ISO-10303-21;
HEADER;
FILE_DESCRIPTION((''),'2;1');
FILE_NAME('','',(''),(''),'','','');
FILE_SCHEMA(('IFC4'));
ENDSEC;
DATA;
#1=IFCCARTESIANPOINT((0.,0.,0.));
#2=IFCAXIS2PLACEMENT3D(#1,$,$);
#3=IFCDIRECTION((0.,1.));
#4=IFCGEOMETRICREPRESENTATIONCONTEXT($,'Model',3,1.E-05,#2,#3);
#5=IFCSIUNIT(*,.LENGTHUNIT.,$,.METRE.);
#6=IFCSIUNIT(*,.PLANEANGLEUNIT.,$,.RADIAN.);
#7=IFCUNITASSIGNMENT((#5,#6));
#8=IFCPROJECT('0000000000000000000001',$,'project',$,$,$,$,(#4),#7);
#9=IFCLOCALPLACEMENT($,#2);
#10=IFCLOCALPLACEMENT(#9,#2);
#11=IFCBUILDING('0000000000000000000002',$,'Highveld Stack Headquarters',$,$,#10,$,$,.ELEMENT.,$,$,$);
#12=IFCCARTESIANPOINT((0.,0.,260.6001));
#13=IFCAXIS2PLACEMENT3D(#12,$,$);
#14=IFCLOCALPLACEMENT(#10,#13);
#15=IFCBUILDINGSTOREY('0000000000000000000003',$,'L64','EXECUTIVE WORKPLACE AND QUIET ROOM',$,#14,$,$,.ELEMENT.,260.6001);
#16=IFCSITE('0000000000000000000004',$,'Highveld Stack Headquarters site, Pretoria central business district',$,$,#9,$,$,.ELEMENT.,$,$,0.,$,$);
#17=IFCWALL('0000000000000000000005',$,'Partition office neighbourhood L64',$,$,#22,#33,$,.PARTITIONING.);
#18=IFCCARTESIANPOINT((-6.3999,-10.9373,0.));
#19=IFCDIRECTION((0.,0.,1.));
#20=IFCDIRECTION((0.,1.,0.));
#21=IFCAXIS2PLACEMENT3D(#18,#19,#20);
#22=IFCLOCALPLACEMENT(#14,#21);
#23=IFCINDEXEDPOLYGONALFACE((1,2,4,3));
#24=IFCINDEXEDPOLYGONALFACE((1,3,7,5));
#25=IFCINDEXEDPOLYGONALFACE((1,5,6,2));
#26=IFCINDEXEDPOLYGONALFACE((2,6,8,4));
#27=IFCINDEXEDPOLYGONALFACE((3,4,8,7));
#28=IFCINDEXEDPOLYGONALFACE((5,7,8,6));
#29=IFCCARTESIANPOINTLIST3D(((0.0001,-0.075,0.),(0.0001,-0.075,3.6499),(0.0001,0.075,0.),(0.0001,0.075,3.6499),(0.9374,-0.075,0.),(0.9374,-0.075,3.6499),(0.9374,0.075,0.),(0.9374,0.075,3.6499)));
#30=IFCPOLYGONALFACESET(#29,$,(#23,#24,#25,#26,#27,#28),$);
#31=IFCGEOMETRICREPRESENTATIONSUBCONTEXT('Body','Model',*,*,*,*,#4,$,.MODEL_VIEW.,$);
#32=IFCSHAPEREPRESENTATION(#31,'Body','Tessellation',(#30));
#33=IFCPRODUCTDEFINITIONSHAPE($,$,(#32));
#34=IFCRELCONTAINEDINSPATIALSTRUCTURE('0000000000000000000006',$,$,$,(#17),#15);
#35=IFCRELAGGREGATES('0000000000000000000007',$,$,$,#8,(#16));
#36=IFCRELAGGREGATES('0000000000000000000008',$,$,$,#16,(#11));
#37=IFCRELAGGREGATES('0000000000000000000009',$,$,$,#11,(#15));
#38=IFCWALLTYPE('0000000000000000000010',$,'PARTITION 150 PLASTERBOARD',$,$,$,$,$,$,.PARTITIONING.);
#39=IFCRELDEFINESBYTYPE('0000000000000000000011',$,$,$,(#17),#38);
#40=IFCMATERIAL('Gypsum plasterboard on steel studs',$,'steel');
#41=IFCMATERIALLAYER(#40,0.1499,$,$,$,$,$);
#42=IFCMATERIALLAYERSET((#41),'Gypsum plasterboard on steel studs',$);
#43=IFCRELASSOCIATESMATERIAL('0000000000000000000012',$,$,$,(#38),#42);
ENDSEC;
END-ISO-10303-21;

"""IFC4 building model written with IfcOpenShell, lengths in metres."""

from ifc_helpers import new_model, si_unit, direction, frame, frame_2d, origin, place, context, subcontext, project, spatial, rectangle, extrude, material, layer, layer_set, type_object, element, save


model = new_model("IFC4")

# Units and contexts
model_context = context("Model", 3, precision=1e-05, world=origin(), true_north=direction((0.0, 1.0)))
body_context = subcontext(model_context, "Body", "Model", "MODEL_VIEW")
ifc_project = project(units=[si_unit("LENGTHUNIT", "METRE"), si_unit("PLANEANGLEUNIT", "RADIAN")], contexts=[model_context])

# Site, building, storey
site_placement = place(None, origin())
site = spatial("IfcSite", under=ifc_project, at=site_placement, Name="Highveld Stack Headquarters site, Pretoria central business district", CompositionType="ELEMENT", RefElevation=0.0)
building_placement = place(site_placement, origin())
building = spatial("IfcBuilding", under=site, at=building_placement, Name="Highveld Stack Headquarters", CompositionType="ELEMENT")
storey_placement = place(building_placement, frame((0.0, 0.0, 260.6001)))
storey = spatial("IfcBuildingStorey", under=building, at=storey_placement, Name="L64", Description="EXECUTIVE WORKPLACE AND QUIET ROOM", CompositionType="ELEMENT", Elevation=260.6001)

# Shared definitions
ifc_material_1 = material(Name="Gypsum plasterboard on steel studs", Category="steel")
ifc_layer_1 = layer(ifc_material_1, 0.1499)
ifc_layer_set_1 = layer_set([ifc_layer_1], Name="Gypsum plasterboard on steel studs")
wall_type_1 = type_object("IfcWallType", Name="PARTITION 150 PLASTERBOARD", PredefinedType="PARTITIONING", material=ifc_layer_set_1)

# Wall
wall_1_placement = place(storey_placement, frame((-6.3999, -10.9373, 0.0), z_axis=(0.0, 0.0, 1.0), x_axis=(0.0, 1.0, 0.0)))
element("IfcWall", 1, at=wall_1_placement, inside=storey, type_object=wall_type_1, Name="Partition office neighbourhood L64", PredefinedType="PARTITIONING", context=body_context, shape_type="SweptSolid", body=[
    extrude(rectangle(XDim=0.9373, YDim=0.1499, at=frame_2d((0.4688, 0.0))), origin(), (0.0, 0.0, 1.0), 3.6499),
])

save(model, "model.ifc")
